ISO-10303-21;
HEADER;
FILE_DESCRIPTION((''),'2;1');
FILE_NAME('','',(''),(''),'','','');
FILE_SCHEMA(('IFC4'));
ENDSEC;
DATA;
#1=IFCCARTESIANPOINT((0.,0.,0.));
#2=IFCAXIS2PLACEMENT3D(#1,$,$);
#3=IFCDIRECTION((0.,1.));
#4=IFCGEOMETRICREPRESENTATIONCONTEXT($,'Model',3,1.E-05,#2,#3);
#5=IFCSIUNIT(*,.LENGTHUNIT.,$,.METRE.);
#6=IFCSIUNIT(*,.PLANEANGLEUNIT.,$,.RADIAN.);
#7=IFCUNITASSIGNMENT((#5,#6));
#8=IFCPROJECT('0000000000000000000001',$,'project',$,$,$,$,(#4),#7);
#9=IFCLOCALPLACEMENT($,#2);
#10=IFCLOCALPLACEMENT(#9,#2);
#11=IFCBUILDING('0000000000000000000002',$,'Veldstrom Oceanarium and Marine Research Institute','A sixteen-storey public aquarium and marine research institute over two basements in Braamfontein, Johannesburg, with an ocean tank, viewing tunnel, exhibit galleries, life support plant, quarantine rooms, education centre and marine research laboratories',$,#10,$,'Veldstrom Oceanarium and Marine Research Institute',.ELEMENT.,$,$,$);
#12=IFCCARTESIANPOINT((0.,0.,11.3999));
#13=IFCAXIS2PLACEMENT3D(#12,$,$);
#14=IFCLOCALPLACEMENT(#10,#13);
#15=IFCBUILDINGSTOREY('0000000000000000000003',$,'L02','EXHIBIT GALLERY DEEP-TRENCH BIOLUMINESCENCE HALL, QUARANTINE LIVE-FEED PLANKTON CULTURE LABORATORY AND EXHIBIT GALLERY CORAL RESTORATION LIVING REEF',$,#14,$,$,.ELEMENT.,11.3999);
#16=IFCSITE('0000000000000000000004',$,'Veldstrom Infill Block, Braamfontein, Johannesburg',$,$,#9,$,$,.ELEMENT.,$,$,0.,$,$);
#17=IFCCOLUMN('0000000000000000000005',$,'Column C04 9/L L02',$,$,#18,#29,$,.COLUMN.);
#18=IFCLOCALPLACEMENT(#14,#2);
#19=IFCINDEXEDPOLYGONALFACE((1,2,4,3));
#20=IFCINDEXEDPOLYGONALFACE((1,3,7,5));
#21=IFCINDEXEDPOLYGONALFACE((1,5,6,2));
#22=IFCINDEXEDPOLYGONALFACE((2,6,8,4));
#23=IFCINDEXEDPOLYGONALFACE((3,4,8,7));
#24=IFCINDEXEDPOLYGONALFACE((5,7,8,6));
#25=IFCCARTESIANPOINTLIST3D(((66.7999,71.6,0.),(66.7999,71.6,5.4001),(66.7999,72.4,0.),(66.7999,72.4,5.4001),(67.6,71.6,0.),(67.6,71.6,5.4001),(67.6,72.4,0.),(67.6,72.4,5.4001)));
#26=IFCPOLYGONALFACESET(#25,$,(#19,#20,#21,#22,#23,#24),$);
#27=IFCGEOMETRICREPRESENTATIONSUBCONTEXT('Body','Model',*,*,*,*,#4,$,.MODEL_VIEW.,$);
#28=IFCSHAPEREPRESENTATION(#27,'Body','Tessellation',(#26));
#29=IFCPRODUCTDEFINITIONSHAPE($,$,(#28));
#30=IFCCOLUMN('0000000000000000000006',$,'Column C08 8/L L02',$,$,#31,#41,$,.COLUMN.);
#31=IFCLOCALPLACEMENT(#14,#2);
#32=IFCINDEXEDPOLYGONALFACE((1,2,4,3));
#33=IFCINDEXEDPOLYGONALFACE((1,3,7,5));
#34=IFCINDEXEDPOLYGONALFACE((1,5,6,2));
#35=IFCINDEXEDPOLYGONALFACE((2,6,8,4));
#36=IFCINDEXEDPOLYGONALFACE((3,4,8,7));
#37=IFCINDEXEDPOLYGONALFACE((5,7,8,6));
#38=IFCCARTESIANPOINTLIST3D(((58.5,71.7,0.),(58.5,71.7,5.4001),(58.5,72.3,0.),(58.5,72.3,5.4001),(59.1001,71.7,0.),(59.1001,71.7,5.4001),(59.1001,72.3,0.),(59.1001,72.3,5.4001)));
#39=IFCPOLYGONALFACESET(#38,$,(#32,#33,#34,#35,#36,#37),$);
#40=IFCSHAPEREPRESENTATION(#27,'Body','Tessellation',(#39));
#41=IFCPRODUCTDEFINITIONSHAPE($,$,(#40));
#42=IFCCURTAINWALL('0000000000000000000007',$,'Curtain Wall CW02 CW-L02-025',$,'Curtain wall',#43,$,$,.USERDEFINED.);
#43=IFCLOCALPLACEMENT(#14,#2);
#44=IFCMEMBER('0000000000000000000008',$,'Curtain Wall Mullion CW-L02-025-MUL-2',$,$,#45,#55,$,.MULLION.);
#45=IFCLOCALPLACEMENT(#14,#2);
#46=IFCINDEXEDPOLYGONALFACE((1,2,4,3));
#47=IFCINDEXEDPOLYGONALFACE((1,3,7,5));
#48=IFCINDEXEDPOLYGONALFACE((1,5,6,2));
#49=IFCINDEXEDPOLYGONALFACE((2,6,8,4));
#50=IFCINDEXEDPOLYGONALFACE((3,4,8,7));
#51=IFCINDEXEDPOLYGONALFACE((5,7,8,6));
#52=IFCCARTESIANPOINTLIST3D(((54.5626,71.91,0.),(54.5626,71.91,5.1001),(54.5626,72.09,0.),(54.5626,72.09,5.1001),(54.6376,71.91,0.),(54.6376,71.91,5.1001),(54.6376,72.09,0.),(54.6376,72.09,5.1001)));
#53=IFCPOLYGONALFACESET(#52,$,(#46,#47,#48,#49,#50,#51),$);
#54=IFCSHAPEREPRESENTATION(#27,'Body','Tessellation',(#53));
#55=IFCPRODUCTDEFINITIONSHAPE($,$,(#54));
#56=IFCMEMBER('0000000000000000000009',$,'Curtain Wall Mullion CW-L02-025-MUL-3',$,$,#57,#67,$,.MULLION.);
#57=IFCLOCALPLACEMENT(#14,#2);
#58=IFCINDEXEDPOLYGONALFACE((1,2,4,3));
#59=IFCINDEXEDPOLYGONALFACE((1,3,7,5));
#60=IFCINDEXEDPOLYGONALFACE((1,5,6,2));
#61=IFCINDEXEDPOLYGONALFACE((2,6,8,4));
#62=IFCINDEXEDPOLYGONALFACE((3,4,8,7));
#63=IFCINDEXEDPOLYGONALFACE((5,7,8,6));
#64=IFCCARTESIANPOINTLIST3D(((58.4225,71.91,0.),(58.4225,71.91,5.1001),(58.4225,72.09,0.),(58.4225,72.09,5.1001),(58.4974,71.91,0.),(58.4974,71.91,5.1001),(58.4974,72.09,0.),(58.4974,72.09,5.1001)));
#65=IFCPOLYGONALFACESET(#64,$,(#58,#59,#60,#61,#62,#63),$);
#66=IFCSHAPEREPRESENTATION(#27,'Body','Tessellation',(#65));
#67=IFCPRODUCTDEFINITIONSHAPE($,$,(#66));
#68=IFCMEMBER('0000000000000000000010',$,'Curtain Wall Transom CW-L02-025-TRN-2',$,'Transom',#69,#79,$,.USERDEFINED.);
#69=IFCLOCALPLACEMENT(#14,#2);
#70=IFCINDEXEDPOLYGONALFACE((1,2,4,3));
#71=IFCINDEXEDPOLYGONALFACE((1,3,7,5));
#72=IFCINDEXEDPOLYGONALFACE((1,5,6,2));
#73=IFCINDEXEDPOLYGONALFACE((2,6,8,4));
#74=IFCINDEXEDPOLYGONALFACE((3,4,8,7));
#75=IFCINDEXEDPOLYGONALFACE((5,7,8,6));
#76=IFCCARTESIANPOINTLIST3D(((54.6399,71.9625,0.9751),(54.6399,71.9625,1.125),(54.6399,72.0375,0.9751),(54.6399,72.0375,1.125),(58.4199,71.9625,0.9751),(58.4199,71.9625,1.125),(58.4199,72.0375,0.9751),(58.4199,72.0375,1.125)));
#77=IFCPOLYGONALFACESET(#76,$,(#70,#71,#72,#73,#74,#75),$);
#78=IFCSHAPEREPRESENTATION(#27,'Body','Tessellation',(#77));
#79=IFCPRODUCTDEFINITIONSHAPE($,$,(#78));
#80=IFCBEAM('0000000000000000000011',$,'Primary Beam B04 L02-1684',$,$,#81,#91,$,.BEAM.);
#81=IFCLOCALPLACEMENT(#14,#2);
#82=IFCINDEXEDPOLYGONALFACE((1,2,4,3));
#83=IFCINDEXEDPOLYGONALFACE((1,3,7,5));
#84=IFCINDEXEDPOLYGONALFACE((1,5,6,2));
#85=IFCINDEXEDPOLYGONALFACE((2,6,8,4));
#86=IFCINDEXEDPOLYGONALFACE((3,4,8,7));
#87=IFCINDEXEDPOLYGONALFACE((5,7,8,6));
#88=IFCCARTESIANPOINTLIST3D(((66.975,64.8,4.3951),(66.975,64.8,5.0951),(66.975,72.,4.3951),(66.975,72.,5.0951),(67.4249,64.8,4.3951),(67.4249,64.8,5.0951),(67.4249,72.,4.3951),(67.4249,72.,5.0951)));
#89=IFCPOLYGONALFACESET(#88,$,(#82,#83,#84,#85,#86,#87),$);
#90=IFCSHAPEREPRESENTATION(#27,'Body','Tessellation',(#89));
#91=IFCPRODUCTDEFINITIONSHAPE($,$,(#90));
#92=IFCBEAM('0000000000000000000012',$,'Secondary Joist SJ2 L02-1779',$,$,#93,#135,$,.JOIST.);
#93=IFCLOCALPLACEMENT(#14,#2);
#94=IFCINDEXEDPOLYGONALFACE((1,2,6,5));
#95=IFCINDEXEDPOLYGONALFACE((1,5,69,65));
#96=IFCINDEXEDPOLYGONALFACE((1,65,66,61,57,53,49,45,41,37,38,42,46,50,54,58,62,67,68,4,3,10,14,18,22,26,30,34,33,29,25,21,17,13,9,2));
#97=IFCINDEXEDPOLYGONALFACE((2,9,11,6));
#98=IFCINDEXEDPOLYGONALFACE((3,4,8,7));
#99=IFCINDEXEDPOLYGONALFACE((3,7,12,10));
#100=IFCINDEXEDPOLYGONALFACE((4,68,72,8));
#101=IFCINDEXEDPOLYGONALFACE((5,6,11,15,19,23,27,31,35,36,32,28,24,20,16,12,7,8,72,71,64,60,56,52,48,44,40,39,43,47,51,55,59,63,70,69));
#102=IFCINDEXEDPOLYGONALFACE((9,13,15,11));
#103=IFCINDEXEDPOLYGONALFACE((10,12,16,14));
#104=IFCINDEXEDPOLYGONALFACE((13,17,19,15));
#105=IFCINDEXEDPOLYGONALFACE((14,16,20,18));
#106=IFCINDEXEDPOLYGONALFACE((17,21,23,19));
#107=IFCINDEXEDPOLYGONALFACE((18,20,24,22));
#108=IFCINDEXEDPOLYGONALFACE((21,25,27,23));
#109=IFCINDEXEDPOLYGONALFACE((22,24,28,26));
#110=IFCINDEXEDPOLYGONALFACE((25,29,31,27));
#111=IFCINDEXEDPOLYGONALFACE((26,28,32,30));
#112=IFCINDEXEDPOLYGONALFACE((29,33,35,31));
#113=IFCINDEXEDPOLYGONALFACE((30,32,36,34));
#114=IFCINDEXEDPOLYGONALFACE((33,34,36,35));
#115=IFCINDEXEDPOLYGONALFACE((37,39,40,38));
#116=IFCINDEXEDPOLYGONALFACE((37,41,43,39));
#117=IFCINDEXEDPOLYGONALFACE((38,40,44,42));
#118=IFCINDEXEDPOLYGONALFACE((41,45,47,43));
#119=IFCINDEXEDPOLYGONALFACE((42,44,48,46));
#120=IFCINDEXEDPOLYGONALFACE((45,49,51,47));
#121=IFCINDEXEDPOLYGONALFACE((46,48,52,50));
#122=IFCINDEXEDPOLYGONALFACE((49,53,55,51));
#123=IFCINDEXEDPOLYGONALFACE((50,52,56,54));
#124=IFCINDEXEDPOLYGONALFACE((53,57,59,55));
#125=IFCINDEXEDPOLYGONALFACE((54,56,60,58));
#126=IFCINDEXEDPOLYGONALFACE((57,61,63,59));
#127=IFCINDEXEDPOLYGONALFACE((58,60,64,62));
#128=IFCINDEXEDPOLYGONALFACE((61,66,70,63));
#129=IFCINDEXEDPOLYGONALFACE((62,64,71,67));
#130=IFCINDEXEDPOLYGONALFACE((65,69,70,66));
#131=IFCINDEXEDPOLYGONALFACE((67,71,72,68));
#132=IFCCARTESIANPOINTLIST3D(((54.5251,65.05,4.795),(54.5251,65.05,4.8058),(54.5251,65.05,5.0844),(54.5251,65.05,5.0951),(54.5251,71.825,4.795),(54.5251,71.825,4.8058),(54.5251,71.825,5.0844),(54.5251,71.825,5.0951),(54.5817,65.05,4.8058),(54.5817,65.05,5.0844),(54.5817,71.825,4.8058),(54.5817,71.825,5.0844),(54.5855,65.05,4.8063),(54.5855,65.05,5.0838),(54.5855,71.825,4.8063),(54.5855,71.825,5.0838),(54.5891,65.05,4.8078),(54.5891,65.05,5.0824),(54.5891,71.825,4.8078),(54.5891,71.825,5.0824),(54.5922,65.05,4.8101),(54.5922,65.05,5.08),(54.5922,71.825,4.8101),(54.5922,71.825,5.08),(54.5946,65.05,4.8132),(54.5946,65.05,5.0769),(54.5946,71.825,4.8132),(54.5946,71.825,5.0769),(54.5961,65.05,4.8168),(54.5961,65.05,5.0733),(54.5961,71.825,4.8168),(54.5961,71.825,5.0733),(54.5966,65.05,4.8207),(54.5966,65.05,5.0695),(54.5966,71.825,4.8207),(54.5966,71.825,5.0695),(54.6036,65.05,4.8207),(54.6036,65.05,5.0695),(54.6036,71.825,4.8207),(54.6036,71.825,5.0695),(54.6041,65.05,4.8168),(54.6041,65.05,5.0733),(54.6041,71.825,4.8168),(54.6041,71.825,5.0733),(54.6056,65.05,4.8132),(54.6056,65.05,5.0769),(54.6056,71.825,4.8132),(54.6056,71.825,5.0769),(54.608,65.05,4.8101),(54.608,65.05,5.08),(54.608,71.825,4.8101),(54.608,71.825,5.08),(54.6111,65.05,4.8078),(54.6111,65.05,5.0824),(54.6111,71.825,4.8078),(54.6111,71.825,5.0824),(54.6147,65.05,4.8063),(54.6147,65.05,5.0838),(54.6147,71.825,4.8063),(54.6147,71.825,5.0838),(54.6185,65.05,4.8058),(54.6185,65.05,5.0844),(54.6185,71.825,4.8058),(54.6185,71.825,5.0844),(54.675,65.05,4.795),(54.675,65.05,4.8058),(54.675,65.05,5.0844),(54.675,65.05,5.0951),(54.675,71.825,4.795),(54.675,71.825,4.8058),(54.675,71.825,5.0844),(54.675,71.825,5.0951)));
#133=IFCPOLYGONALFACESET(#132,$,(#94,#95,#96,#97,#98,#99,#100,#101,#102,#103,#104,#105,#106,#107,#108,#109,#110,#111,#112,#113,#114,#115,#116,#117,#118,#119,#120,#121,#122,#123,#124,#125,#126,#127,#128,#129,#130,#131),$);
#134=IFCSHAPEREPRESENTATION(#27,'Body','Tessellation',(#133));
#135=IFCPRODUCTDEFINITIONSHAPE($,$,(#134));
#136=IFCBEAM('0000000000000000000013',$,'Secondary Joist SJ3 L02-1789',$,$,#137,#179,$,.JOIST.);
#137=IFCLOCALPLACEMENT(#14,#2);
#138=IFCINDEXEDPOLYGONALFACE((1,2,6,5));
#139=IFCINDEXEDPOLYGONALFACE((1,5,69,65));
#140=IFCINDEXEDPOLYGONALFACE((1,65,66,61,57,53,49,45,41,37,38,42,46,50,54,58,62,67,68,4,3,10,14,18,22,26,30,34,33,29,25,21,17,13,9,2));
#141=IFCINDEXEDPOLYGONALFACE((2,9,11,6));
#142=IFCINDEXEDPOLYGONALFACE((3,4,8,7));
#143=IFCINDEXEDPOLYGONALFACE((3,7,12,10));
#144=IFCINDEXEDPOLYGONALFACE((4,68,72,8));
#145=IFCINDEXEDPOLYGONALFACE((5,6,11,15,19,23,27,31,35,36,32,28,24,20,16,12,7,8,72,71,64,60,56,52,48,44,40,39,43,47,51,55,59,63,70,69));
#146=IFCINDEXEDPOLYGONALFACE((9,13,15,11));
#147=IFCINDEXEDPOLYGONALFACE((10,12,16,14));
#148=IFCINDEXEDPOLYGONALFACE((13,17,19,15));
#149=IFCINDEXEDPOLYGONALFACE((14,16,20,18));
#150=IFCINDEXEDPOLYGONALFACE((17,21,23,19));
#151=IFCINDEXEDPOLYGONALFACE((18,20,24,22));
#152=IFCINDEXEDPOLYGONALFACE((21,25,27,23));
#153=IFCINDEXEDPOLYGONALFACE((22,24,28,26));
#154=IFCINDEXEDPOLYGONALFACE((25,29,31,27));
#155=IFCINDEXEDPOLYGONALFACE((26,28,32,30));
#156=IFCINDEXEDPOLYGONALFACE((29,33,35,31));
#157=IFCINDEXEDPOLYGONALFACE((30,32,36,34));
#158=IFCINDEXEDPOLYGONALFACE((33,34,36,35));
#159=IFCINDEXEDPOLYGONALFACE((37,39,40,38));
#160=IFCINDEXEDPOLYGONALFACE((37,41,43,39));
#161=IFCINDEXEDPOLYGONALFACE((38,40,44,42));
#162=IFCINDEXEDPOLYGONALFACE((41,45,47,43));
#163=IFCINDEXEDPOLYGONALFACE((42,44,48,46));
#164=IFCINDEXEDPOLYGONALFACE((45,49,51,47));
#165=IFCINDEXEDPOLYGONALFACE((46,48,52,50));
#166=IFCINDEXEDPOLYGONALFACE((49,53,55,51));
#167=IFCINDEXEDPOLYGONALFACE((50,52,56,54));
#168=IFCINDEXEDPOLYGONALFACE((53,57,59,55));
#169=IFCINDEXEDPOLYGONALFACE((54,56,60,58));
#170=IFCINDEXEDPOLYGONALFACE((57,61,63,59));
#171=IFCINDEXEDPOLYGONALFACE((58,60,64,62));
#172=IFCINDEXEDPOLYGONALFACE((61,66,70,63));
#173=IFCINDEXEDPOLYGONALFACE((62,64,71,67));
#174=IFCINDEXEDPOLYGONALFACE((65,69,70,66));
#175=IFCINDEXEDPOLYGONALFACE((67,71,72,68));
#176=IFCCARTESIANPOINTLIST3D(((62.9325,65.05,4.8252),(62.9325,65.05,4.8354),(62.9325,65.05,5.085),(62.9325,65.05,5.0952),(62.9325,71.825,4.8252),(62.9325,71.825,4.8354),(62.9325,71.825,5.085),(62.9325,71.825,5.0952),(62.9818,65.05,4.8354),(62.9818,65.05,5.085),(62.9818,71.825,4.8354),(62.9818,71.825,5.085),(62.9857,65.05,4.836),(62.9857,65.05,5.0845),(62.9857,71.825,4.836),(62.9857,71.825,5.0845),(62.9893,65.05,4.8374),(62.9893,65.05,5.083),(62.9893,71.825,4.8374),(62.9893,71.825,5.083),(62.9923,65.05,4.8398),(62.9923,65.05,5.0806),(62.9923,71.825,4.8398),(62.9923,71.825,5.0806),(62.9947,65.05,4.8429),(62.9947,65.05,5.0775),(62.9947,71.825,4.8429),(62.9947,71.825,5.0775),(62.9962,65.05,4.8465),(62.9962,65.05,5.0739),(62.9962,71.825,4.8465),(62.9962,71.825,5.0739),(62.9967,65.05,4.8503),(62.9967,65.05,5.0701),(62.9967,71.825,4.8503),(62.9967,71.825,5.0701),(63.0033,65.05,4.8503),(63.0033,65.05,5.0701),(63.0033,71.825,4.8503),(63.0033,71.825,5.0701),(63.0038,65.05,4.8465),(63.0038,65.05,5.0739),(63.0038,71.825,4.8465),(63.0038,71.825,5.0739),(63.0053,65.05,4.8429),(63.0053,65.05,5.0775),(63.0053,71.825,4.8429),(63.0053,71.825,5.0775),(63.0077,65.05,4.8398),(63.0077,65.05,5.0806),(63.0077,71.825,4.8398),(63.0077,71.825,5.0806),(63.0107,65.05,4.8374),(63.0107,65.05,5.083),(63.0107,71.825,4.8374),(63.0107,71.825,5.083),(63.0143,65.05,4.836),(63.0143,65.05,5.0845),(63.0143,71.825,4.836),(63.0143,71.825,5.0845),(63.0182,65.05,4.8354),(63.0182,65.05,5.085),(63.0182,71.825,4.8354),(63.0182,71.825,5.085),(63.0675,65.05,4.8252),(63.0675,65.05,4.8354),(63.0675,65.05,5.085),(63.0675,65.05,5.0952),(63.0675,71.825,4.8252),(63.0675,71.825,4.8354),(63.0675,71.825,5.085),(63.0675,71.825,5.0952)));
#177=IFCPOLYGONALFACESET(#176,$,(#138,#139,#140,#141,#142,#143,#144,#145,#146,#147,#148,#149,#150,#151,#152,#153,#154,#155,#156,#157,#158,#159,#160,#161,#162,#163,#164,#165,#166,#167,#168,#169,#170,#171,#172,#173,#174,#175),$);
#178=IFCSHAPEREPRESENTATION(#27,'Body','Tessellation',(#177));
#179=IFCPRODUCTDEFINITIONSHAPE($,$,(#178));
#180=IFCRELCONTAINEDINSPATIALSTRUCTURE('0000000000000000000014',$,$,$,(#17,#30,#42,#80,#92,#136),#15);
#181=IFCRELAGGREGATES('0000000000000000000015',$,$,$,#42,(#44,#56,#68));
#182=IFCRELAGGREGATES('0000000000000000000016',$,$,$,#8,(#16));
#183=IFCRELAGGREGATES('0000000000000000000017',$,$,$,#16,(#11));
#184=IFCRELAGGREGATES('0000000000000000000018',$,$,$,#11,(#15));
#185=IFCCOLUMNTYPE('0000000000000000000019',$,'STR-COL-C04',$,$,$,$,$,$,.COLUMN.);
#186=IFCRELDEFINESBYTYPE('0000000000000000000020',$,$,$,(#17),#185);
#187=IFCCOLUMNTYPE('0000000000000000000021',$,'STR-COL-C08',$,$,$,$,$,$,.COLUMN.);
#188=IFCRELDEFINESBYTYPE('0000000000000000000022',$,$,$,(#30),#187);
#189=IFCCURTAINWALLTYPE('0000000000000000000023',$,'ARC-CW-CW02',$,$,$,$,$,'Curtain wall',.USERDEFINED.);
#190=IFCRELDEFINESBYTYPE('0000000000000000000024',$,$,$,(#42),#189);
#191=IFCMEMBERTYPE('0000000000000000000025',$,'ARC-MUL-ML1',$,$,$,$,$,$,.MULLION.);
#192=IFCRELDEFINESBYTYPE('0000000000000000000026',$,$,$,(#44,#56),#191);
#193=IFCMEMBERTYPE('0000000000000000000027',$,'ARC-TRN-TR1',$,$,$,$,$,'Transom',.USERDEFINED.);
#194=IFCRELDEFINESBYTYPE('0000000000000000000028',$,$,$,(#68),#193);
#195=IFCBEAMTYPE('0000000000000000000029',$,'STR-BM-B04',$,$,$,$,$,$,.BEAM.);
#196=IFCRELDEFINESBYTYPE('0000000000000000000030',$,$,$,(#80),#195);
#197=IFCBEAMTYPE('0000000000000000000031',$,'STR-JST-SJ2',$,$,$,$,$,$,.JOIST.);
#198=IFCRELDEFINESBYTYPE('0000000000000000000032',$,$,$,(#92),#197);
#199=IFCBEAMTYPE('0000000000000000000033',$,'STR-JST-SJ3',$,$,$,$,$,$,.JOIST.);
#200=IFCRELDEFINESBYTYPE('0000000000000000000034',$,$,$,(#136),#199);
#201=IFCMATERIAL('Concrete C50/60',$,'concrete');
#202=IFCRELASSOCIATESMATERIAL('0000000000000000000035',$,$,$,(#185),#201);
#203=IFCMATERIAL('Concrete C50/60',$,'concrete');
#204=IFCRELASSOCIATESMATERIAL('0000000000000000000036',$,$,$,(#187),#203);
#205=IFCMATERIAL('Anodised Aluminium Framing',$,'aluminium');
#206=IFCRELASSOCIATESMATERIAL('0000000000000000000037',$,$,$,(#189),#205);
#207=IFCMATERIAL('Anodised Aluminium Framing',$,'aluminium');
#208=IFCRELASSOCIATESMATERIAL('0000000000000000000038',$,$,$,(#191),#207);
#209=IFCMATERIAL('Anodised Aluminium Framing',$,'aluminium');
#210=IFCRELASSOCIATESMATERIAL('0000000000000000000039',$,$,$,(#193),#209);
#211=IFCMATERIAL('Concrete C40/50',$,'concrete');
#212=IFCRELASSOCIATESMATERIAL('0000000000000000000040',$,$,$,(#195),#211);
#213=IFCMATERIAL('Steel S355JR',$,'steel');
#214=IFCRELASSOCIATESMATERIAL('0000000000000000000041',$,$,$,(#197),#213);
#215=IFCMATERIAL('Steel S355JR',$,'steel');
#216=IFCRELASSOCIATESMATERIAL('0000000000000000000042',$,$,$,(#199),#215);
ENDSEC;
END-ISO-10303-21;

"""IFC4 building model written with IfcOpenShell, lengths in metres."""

from ifc_helpers import new_model, si_unit, direction, frame, origin, origin_2d, place, context, subcontext, project, spatial, rectangle, i_section, extrude, material, material_profile, profile_set, type_object, element, aggregate, save


model = new_model("IFC4")

# Units and contexts
model_context = context("Model", 3, precision=1e-05, world=origin(), true_north=direction((0.0, 1.0)))
body_context = subcontext(model_context, "Body", "Model", "MODEL_VIEW")
ifc_project = project(units=[si_unit("LENGTHUNIT", "METRE"), si_unit("PLANEANGLEUNIT", "RADIAN")], contexts=[model_context])

# Site, building, storey
site_placement = place(None, origin())
site = spatial("IfcSite", under=ifc_project, at=site_placement, Name="Veldstrom Infill Block, Braamfontein, Johannesburg", CompositionType="ELEMENT", RefElevation=0.0)
building_placement = place(site_placement, origin())
building = spatial("IfcBuilding", under=site, at=building_placement, Name="Veldstrom Oceanarium and Marine Research Institute", Description="A sixteen-storey public aquarium and marine research institute over two basements in Braamfontein, Johannesburg, with an ocean tank, viewing tunnel, exhibit galleries, life support plant, quarantine rooms, education centre and marine research laboratories", LongName="Veldstrom Oceanarium and Marine Research Institute", CompositionType="ELEMENT")
storey_placement = place(building_placement, frame((0.0, 0.0, 11.3999)))
storey = spatial("IfcBuildingStorey", under=building, at=storey_placement, Name="L02", Description="EXHIBIT GALLERY DEEP-TRENCH BIOLUMINESCENCE HALL, QUARANTINE LIVE-FEED PLANKTON CULTURE LABORATORY AND EXHIBIT GALLERY CORAL RESTORATION LIVING REEF", CompositionType="ELEMENT", Elevation=11.3999)

# Columns
ifc_material_1 = material(Name="Concrete C50/60", Category="concrete")
ifc_material_profile_1 = material_profile(ifc_material_1, rectangle(XDim=0.8, YDim=0.8, at=origin_2d()), Name="RC-COL-800x800")
ifc_profile_set_1 = profile_set([ifc_material_profile_1], Name="Concrete C50/60")
column_type_1 = type_object("IfcColumnType", Name="STR-COL-C04", PredefinedType="COLUMN", material=ifc_profile_set_1)
column_1_placement = place(storey_placement, frame((67.2, 72.0, 0.0), z_axis=(0.0, 0.0, 1.0), x_axis=(1.0, 0.0, 0.0)))
element("IfcColumn", 1, at=column_1_placement, inside=storey, type_object=column_type_1, Name="Column C04 9/L L02", PredefinedType="COLUMN", context=body_context, shape_type="SweptSolid", body=[
    extrude(rectangle(XDim=0.8, YDim=0.8, at=origin_2d()), origin(), (0.0, 0.0, 1.0), 5.4001),
])
ifc_material_2 = material(Name="Concrete C50/60", Category="concrete")
ifc_material_profile_2 = material_profile(ifc_material_2, rectangle(XDim=0.6001, YDim=0.6001, at=origin_2d()), Name="RC-COL-600x600")
ifc_profile_set_2 = profile_set([ifc_material_profile_2], Name="Concrete C50/60")
column_type_2 = type_object("IfcColumnType", Name="STR-COL-C08", PredefinedType="COLUMN", material=ifc_profile_set_2)
column_2_placement = place(storey_placement, frame((58.8, 72.0, 0.0), z_axis=(0.0, 0.0, 1.0), x_axis=(1.0, 0.0, 0.0)))
element("IfcColumn", 2, at=column_2_placement, inside=storey, type_object=column_type_2, Name="Column C08 8/L L02", PredefinedType="COLUMN", context=body_context, shape_type="SweptSolid", body=[
    extrude(rectangle(XDim=0.6001, YDim=0.6001, at=origin_2d()), origin(), (0.0, 0.0, 1.0), 5.4001),
])

# Curtain wall, members
ifc_material_3 = material(Name="Anodised Aluminium Framing", Category="aluminium")
curtain_wall_type = type_object("IfcCurtainWallType", Name="ARC-CW-CW02", ElementType="Curtain wall", PredefinedType="USERDEFINED", material=ifc_material_3)
curtain_wall_placement = place(storey_placement, origin())
curtain_wall = element("IfcCurtainWall", 3, at=curtain_wall_placement, inside=storey, type_object=curtain_wall_type, Name="Curtain Wall CW02 CW-L02-025", ObjectType="Curtain wall", PredefinedType="USERDEFINED")
ifc_material_4 = material(Name="Anodised Aluminium Framing", Category="aluminium")
ifc_material_profile_3 = material_profile(ifc_material_4, rectangle(XDim=0.075, YDim=0.1799, at=origin_2d()), Name="ALU-MUL-75x180")
ifc_profile_set_3 = profile_set([ifc_material_profile_3], Name="Anodised Aluminium Framing")
member_type_1 = type_object("IfcMemberType", Name="ARC-MUL-ML1", PredefinedType="MULLION", material=ifc_profile_set_3)
member_1_placement = place(storey_placement, frame((54.6001, 72.0, 0.0), z_axis=(0.0, 0.0, 1.0), x_axis=(1.0, 0.0, 0.0)))
member_1 = element("IfcMember", 4, at=member_1_placement, type_object=member_type_1, Name="Curtain Wall Mullion CW-L02-025-MUL-2", PredefinedType="MULLION", context=body_context, shape_type="SweptSolid", body=[
    extrude(rectangle(XDim=0.075, YDim=0.1799, at=origin_2d()), origin(), (0.0, 0.0, 1.0), 5.1001),
])
member_2_placement = place(storey_placement, frame((58.46, 72.0, 0.0), z_axis=(0.0, 0.0, 1.0), x_axis=(1.0, 0.0, 0.0)))
member_2 = element("IfcMember", 5, at=member_2_placement, type_object=member_type_1, Name="Curtain Wall Mullion CW-L02-025-MUL-3", PredefinedType="MULLION", context=body_context, shape_type="SweptSolid", body=[
    extrude(rectangle(XDim=0.075, YDim=0.1799, at=origin_2d()), origin(), (0.0, 0.0, 1.0), 5.1001),
])
ifc_material_5 = material(Name="Anodised Aluminium Framing", Category="aluminium")
ifc_material_profile_4 = material_profile(ifc_material_5, rectangle(XDim=0.075, YDim=0.1499, at=origin_2d()), Name="ALU-TRN-75x150")
ifc_profile_set_4 = profile_set([ifc_material_profile_4], Name="Anodised Aluminium Framing")
member_type_2 = type_object("IfcMemberType", Name="ARC-TRN-TR1", ElementType="Transom", PredefinedType="USERDEFINED", material=ifc_profile_set_4)
member_3_placement = place(storey_placement, frame((54.6399, 72.0, 1.05), z_axis=(1.0, 0.0, 0.0), x_axis=(0.0, 1.0, 0.0)))
member_3 = element("IfcMember", 6, at=member_3_placement, type_object=member_type_2, Name="Curtain Wall Transom CW-L02-025-TRN-2", ObjectType="Transom", PredefinedType="USERDEFINED", context=body_context, shape_type="SweptSolid", body=[
    extrude(rectangle(XDim=0.075, YDim=0.1499, at=origin_2d()), origin(), (0.0, 0.0, 1.0), 3.78),
])

# Beams
ifc_material_6 = material(Name="Concrete C40/50", Category="concrete")
ifc_material_profile_5 = material_profile(ifc_material_6, rectangle(XDim=0.45, YDim=0.7, at=origin_2d()), Name="RC-BM-450x700")
ifc_profile_set_5 = profile_set([ifc_material_profile_5], Name="Concrete C40/50")
beam_type_1 = type_object("IfcBeamType", Name="STR-BM-B04", PredefinedType="BEAM", material=ifc_profile_set_5)
beam_1_placement = place(storey_placement, frame((67.2, 64.8, 4.7451), z_axis=(0.0, 1.0, 0.0), x_axis=(-1.0, 0.0, 0.0)))
element("IfcBeam", 7, at=beam_1_placement, inside=storey, type_object=beam_type_1, Name="Primary Beam B04 L02-1684", PredefinedType="BEAM", context=body_context, shape_type="SweptSolid", body=[
    extrude(rectangle(XDim=0.45, YDim=0.7, at=origin_2d()), origin(), (0.0, 0.0, 1.0), 7.2),
])
ifc_material_7 = material(Name="Steel S355JR", Category="steel")
ifc_material_profile_6 = material_profile(ifc_material_7, i_section(OverallWidth=0.1499, OverallDepth=0.3, WebThickness=0.0071, FlangeThickness=0.0107, FilletRadius=0.0149, at=origin_2d()), Name="IPE 300")
ifc_profile_set_6 = profile_set([ifc_material_profile_6], Name="Steel S355JR")
beam_type_2 = type_object("IfcBeamType", Name="STR-JST-SJ2", PredefinedType="JOIST", material=ifc_profile_set_6)
beam_2_placement = place(storey_placement, frame((54.6001, 65.05, 4.9451), z_axis=(0.0, 1.0, 0.0), x_axis=(-1.0, 0.0, 0.0)))
element("IfcBeam", 8, at=beam_2_placement, inside=storey, type_object=beam_type_2, Name="Secondary Joist SJ2 L02-1779", PredefinedType="JOIST", context=body_context, shape_type="SweptSolid", body=[
    extrude(i_section(OverallWidth=0.1499, OverallDepth=0.3, WebThickness=0.0071, FlangeThickness=0.0107, FilletRadius=0.0149, at=origin_2d()), origin(), (0.0, 0.0, 1.0), 6.7749),
])
ifc_material_8 = material(Name="Steel S355JR", Category="steel")
ifc_material_profile_7 = material_profile(ifc_material_8, i_section(OverallWidth=0.135, OverallDepth=0.27, WebThickness=0.0066, FlangeThickness=0.0103, FilletRadius=0.0149, at=origin_2d()), Name="IPE 270")
ifc_profile_set_7 = profile_set([ifc_material_profile_7], Name="Steel S355JR")
beam_type_3 = type_object("IfcBeamType", Name="STR-JST-SJ3", PredefinedType="JOIST", material=ifc_profile_set_7)
beam_3_placement = place(storey_placement, frame((63.0, 65.05, 4.9602), z_axis=(0.0, 1.0, 0.0), x_axis=(-1.0, 0.0, 0.0)))
element("IfcBeam", 9, at=beam_3_placement, inside=storey, type_object=beam_type_3, Name="Secondary Joist SJ3 L02-1789", PredefinedType="JOIST", context=body_context, shape_type="SweptSolid", body=[
    extrude(i_section(OverallWidth=0.135, OverallDepth=0.27, WebThickness=0.0066, FlangeThickness=0.0103, FilletRadius=0.0149, at=origin_2d()), origin(), (0.0, 0.0, 1.0), 6.7749),
])

aggregate(curtain_wall, [member_1, member_2, member_3])

save(model, "model.ifc")
